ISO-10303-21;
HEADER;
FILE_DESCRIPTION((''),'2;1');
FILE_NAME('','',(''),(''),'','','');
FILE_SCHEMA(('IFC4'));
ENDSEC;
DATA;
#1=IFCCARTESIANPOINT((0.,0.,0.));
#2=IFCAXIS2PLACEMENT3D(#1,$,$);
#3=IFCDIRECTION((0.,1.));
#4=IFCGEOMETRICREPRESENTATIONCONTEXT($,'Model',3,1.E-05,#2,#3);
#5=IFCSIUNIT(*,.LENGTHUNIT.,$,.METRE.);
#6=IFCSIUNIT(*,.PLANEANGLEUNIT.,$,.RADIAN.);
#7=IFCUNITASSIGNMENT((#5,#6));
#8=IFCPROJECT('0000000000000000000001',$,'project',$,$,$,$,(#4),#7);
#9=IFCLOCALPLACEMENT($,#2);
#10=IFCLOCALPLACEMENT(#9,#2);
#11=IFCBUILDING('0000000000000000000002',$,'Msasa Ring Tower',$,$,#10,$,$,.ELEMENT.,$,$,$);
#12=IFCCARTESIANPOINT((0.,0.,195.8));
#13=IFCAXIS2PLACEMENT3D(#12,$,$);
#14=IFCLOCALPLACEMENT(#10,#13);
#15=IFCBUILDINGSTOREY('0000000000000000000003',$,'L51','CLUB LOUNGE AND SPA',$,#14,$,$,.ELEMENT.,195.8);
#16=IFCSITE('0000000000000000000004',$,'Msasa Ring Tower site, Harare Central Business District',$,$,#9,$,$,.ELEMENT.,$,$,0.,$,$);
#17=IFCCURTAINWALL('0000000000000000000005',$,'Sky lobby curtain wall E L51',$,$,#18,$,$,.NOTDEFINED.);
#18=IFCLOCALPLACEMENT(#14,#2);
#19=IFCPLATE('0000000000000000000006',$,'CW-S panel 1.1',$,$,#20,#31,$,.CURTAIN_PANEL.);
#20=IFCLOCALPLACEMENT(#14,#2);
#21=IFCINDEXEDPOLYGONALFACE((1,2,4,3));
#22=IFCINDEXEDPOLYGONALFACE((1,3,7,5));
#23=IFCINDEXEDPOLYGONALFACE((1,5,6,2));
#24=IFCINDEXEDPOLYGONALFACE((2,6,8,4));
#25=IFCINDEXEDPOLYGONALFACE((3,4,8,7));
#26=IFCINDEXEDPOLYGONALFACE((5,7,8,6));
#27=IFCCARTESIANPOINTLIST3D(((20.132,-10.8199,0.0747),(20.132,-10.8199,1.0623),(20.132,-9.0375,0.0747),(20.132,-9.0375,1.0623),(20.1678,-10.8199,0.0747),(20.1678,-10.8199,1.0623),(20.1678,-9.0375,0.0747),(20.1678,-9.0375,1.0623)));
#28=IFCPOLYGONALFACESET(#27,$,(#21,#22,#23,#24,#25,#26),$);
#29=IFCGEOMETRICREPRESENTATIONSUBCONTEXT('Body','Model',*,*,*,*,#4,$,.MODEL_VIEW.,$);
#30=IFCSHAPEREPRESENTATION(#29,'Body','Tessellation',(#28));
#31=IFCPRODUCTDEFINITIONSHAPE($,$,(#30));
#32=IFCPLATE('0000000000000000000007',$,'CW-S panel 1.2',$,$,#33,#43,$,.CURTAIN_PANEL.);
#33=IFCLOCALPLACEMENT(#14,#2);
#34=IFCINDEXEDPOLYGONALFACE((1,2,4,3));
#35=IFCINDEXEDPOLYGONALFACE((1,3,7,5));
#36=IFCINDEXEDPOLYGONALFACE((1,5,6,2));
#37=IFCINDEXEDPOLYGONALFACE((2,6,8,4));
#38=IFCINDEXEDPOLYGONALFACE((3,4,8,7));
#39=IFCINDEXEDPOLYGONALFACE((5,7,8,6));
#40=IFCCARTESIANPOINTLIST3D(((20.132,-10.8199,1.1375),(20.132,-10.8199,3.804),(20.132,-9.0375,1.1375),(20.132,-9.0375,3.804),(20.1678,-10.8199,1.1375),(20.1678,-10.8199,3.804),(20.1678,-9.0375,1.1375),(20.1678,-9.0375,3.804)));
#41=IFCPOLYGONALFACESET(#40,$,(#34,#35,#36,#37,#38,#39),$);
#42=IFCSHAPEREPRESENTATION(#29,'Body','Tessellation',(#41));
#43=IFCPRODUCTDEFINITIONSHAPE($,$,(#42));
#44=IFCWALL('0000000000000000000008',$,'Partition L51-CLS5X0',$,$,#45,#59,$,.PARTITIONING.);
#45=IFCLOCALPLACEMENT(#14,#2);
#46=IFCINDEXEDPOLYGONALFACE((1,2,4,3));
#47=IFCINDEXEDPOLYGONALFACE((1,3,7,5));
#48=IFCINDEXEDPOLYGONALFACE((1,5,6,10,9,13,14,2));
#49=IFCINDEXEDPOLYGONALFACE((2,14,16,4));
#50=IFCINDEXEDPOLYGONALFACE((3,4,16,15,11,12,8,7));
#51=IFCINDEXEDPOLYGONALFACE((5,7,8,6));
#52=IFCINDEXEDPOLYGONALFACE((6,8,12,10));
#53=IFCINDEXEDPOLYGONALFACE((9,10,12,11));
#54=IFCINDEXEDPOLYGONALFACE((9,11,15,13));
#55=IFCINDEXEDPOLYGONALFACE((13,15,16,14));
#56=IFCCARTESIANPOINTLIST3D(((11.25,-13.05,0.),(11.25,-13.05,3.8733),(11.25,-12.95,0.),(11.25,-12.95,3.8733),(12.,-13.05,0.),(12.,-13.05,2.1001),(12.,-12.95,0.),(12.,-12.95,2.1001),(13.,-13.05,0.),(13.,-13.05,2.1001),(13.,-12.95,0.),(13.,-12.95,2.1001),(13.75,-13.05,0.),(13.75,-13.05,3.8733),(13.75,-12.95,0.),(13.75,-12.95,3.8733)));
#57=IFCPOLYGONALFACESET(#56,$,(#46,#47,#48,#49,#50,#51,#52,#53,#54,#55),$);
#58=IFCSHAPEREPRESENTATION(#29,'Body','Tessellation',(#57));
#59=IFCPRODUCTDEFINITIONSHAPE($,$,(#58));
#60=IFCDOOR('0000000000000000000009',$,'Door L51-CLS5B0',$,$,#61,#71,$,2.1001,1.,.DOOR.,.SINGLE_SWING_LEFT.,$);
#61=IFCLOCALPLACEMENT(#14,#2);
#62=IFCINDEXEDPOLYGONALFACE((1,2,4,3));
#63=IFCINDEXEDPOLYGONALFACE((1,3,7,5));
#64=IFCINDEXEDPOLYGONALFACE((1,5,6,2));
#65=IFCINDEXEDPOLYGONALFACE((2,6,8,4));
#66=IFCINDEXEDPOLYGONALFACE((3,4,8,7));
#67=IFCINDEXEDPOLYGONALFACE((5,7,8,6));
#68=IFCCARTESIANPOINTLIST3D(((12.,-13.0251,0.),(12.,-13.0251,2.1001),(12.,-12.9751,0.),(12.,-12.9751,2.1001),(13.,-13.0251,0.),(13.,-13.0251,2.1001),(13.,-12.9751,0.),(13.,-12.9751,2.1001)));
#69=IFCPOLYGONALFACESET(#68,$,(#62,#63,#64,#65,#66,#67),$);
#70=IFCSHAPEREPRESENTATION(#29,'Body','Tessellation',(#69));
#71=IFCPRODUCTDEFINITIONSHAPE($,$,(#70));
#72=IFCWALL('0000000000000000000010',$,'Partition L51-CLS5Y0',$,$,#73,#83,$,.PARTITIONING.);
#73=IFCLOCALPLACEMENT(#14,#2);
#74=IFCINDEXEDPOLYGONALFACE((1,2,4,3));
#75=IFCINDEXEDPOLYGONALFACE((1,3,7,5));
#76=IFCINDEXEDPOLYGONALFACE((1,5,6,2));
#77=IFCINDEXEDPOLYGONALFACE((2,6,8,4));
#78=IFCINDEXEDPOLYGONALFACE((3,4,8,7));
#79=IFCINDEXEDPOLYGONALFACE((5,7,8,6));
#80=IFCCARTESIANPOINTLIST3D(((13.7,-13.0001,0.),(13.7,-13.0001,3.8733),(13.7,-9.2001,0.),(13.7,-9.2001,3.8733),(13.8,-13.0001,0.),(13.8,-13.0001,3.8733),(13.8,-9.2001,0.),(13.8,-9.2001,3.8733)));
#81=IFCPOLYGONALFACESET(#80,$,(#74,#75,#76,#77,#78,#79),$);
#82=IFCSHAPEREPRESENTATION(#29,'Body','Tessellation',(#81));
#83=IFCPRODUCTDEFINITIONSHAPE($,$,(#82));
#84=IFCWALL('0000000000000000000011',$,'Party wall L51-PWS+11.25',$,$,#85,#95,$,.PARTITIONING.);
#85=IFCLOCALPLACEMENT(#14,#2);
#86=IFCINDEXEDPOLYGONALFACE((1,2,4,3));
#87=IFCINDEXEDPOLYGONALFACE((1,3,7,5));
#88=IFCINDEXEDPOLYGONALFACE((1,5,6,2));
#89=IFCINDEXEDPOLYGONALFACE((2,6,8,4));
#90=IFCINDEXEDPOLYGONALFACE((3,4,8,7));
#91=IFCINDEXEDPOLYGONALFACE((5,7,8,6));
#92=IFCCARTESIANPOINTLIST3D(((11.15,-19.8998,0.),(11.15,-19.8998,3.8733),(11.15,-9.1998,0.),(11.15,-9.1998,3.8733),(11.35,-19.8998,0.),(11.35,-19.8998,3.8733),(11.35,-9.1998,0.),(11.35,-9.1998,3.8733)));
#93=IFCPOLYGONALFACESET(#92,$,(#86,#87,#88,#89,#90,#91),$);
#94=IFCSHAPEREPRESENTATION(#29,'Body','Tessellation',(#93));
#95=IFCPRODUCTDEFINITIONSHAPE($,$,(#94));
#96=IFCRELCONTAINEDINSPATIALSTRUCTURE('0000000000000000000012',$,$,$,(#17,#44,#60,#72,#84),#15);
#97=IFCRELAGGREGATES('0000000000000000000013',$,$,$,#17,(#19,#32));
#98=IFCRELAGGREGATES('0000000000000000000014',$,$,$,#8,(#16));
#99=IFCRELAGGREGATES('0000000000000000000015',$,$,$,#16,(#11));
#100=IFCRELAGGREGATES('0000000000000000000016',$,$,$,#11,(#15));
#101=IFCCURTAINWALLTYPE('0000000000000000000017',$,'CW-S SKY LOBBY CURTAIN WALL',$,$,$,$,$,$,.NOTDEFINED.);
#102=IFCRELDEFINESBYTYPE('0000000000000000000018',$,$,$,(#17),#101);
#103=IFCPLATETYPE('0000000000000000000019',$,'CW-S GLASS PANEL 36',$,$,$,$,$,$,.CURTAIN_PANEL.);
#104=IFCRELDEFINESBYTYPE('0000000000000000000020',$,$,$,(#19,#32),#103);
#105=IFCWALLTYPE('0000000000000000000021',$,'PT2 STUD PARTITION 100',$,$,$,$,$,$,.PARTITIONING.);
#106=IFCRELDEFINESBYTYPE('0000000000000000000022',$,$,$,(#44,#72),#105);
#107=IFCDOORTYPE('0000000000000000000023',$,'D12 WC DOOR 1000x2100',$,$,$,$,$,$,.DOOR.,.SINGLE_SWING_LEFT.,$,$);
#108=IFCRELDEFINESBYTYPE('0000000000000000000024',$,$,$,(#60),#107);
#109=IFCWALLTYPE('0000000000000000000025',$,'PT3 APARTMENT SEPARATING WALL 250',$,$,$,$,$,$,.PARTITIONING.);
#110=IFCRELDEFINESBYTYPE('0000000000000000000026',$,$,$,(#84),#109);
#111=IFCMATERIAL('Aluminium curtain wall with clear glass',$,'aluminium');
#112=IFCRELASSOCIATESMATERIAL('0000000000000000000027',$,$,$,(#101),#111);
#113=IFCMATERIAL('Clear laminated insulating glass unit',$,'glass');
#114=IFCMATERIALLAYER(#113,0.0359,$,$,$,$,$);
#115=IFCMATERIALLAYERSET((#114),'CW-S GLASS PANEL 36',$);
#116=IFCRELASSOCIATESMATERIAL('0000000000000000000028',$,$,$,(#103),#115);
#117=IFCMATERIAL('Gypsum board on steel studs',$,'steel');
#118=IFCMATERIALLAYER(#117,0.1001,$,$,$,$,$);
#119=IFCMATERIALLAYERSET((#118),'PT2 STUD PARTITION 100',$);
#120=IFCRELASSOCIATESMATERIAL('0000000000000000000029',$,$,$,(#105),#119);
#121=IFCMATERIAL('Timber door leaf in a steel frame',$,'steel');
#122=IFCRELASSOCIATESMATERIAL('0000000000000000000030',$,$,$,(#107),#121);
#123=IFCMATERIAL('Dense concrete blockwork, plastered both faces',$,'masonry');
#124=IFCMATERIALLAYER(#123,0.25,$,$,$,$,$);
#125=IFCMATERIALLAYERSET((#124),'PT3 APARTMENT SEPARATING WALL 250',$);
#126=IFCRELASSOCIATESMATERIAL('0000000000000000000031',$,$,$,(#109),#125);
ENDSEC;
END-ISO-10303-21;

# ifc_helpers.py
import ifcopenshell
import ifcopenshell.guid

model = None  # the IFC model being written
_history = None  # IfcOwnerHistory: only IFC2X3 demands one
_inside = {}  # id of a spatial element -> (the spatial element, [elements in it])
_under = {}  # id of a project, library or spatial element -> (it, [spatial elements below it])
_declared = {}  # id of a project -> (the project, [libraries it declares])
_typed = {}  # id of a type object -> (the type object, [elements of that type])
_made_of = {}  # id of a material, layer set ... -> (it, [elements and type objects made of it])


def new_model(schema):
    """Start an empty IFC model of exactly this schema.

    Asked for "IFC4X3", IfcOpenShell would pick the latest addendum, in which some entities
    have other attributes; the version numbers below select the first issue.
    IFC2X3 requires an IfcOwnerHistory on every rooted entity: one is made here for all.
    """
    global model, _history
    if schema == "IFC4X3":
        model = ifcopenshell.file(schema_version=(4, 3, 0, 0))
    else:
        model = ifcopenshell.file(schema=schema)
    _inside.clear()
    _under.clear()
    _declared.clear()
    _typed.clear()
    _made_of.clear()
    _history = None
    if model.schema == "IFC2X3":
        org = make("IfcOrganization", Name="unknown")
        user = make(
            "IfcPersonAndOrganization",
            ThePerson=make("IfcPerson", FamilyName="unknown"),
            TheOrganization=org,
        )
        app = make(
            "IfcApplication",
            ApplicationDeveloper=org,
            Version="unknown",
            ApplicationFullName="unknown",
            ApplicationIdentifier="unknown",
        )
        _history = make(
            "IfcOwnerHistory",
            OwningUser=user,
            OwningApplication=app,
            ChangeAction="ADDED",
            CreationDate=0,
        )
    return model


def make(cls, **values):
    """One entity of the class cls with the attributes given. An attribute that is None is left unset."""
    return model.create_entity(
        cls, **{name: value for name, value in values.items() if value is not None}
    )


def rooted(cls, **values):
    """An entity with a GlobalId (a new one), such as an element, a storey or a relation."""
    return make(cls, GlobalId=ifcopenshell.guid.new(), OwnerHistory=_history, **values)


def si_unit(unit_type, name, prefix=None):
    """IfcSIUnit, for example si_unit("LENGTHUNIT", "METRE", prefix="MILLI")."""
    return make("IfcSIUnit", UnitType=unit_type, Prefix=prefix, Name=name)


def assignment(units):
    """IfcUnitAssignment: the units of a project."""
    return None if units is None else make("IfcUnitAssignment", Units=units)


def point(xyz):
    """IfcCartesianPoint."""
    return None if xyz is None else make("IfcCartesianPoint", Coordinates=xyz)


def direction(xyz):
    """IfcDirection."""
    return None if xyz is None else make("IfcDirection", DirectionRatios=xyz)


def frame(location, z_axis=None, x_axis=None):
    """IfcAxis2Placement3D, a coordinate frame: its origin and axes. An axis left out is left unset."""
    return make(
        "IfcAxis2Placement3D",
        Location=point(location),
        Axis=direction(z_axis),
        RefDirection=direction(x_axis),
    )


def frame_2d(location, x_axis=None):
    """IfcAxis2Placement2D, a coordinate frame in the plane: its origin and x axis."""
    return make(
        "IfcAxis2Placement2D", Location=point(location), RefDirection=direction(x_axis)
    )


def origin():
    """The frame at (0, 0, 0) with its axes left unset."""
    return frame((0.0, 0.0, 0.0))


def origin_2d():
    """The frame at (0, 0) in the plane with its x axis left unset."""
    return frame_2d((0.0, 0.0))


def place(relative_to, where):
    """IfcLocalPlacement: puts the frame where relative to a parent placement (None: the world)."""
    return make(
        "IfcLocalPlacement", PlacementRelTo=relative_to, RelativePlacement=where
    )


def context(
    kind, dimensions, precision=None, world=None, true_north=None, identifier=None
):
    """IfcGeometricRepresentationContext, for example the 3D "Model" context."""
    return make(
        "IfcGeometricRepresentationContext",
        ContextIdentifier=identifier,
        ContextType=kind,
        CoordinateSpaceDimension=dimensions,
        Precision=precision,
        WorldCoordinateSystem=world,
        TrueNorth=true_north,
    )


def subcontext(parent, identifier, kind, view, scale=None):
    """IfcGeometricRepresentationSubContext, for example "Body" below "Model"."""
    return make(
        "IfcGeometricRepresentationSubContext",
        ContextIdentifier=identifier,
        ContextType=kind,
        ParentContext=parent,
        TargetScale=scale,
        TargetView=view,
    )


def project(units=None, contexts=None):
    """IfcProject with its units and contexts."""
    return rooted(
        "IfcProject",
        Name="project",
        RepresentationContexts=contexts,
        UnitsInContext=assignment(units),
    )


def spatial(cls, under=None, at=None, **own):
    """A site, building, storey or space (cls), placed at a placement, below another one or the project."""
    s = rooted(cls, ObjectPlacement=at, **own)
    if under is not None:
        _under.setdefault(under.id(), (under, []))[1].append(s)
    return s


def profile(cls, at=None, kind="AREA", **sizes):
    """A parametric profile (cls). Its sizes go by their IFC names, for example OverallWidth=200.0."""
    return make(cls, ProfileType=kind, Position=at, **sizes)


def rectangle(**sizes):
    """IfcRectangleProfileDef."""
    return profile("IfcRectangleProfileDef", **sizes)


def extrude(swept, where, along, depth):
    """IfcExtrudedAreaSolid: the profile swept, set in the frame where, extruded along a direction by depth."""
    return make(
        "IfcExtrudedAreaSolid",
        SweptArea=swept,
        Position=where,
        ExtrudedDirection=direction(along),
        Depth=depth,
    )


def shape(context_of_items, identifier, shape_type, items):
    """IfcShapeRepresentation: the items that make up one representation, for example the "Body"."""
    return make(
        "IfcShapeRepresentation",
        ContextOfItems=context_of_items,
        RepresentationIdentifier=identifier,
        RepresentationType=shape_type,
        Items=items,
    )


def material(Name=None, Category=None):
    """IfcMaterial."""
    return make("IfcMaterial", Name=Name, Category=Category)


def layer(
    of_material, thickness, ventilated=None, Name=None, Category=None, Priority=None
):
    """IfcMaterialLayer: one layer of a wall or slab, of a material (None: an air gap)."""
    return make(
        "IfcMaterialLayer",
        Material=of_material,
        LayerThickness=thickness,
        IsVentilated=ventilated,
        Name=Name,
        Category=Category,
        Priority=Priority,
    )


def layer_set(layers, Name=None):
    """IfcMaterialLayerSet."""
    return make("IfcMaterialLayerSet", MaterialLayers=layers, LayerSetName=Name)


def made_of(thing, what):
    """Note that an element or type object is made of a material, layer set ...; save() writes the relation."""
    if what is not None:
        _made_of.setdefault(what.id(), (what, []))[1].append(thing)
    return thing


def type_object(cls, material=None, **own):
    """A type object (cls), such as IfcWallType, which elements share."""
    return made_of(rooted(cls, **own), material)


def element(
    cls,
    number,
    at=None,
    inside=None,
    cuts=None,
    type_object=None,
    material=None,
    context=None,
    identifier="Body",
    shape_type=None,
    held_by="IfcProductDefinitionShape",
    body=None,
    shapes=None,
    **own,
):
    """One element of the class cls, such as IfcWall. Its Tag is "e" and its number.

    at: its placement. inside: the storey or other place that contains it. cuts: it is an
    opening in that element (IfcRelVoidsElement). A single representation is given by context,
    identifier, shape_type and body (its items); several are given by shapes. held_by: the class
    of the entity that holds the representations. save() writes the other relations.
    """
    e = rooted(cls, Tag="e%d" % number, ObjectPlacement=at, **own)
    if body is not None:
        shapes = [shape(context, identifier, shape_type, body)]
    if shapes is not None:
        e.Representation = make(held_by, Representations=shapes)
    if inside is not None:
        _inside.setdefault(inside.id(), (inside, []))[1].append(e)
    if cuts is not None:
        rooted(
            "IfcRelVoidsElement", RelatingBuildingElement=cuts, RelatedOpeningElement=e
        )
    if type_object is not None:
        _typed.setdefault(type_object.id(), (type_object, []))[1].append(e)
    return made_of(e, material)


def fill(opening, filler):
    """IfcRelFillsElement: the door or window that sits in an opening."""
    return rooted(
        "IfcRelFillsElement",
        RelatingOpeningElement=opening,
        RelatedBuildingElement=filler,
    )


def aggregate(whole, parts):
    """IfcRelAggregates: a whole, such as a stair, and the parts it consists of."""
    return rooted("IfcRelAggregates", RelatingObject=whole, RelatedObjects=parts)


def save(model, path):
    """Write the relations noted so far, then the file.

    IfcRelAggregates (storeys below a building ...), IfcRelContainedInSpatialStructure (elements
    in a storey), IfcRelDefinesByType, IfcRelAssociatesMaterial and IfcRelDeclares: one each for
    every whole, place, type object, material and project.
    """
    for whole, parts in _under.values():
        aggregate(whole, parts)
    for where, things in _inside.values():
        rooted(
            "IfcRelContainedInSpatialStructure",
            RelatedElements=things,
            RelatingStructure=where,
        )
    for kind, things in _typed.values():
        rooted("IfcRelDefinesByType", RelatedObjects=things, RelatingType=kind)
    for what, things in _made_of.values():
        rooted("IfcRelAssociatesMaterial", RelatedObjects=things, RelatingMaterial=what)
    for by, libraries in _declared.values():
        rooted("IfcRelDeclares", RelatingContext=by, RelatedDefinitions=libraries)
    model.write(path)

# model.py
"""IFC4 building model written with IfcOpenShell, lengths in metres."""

from ifc_helpers import new_model, si_unit, direction, frame, frame_2d, origin, origin_2d, place, context, subcontext, project, spatial, rectangle, extrude, material, layer, layer_set, type_object, element, fill, aggregate, save


model = new_model("IFC4")

# Units and contexts
model_context = context("Model", 3, precision=1e-05, world=origin(), true_north=direction((0.0, 1.0)))
body_context = subcontext(model_context, "Body", "Model", "MODEL_VIEW")
ifc_project = project(units=[si_unit("LENGTHUNIT", "METRE"), si_unit("PLANEANGLEUNIT", "RADIAN")], contexts=[model_context])

# Site, building, storey
site_placement = place(None, origin())
site = spatial("IfcSite", under=ifc_project, at=site_placement, Name="Msasa Ring Tower site, Harare Central Business District", CompositionType="ELEMENT", RefElevation=0.0)
building_placement = place(site_placement, origin())
building = spatial("IfcBuilding", under=site, at=building_placement, Name="Msasa Ring Tower", CompositionType="ELEMENT")
storey_placement = place(building_placement, frame((0.0, 0.0, 195.8)))
storey = spatial("IfcBuildingStorey", under=building, at=storey_placement, Name="L51", Description="CLUB LOUNGE AND SPA", CompositionType="ELEMENT", Elevation=195.8)

# Curtain wall
ifc_material_1 = material(Name="Aluminium curtain wall with clear glass", Category="aluminium")
curtain_wall_type_1 = type_object("IfcCurtainWallType", Name="CW-S SKY LOBBY CURTAIN WALL", PredefinedType="NOTDEFINED", material=ifc_material_1)
curtain_wall_1_placement = place(storey_placement, origin())
curtain_wall_1 = element("IfcCurtainWall", 1, at=curtain_wall_1_placement, inside=storey, type_object=curtain_wall_type_1, Name="Sky lobby curtain wall E L51", PredefinedType="NOTDEFINED")

# Plates
ifc_material_2 = material(Name="Clear laminated insulating glass unit", Category="glass")
ifc_layer_1 = layer(ifc_material_2, 0.0359)
ifc_layer_set_1 = layer_set([ifc_layer_1], Name="CW-S GLASS PANEL 36")
plate_type_1 = type_object("IfcPlateType", Name="CW-S GLASS PANEL 36", PredefinedType="CURTAIN_PANEL", material=ifc_layer_set_1)
plate_1_placement = place(storey_placement, frame((20.1499, -9.9287, 0.0747), z_axis=(0.0, 0.0, 1.0), x_axis=(0.0, 1.0, 0.0)))
plate_1 = element("IfcPlate", 2, at=plate_1_placement, type_object=plate_type_1, Name="CW-S panel 1.1", PredefinedType="CURTAIN_PANEL", context=body_context, shape_type="SweptSolid", body=[
    extrude(rectangle(XDim=1.7825, YDim=0.0359, at=origin_2d()), origin(), (0.0, 0.0, 1.0), 0.9875),
])
plate_2_placement = place(storey_placement, frame((20.1499, -9.9287, 1.1375), z_axis=(0.0, 0.0, 1.0), x_axis=(0.0, 1.0, 0.0)))
plate_2 = element("IfcPlate", 3, at=plate_2_placement, type_object=plate_type_1, Name="CW-S panel 1.2", PredefinedType="CURTAIN_PANEL", context=body_context, shape_type="SweptSolid", body=[
    extrude(rectangle(XDim=1.7825, YDim=0.0359, at=origin_2d()), origin(), (0.0, 0.0, 1.0), 2.6665),
])
aggregate(curtain_wall_1, [plate_1, plate_2])

# Wall, opening, door
ifc_material_3 = material(Name="Gypsum board on steel studs", Category="steel")
ifc_layer_2 = layer(ifc_material_3, 0.1001)
ifc_layer_set_2 = layer_set([ifc_layer_2], Name="PT2 STUD PARTITION 100")
wall_type_1 = type_object("IfcWallType", Name="PT2 STUD PARTITION 100", PredefinedType="PARTITIONING", material=ifc_layer_set_2)
wall_1_placement = place(storey_placement, frame((11.25, -13.0, 0.0), z_axis=(0.0, 0.0, 1.0), x_axis=(1.0, 0.0, 0.0)))
wall_1 = element("IfcWall", 4, at=wall_1_placement, inside=storey, type_object=wall_type_1, Name="Partition L51-CLS5X0", PredefinedType="PARTITIONING", context=body_context, shape_type="SweptSolid", body=[
    extrude(rectangle(XDim=2.5, YDim=0.1001, at=frame_2d((1.25, 0.0))), origin(), (0.0, 0.0, 1.0), 3.8733),
])
opening_placement = place(wall_1_placement, frame((0.75, 0.0, 0.0)))
opening = element("IfcOpeningElement", 5, at=opening_placement, cuts=wall_1, PredefinedType="OPENING", context=body_context, shape_type="SweptSolid", body=[
    extrude(rectangle(XDim=1.0, YDim=2.1001, at=frame_2d((0.5, 1.05))), frame((0.0, 0.0601, 0.0), z_axis=(0.0, -1.0, 0.0), x_axis=(1.0, 0.0, 0.0)), (0.0, 0.0, 1.0), 0.1201),
])
ifc_material_4 = material(Name="Timber door leaf in a steel frame", Category="steel")
door_type = type_object("IfcDoorType", Name="D12 WC DOOR 1000x2100", OperationType="SINGLE_SWING_LEFT", PredefinedType="DOOR", material=ifc_material_4)
door_placement = place(opening_placement, origin())
door = element("IfcDoor", 6, at=door_placement, inside=storey, type_object=door_type, Name="Door L51-CLS5B0", OperationType="SINGLE_SWING_LEFT", OverallHeight=2.1001, OverallWidth=1.0, PredefinedType="DOOR", context=body_context, shape_type="SweptSolid", body=[
    extrude(rectangle(XDim=1.0, YDim=2.1001, at=frame_2d((0.5, 1.05))), frame((0.0, 0.0249, 0.0), z_axis=(0.0, -1.0, 0.0), x_axis=(1.0, 0.0, 0.0)), (0.0, 0.0, 1.0), 0.05),
])
fill(opening, door)

# Walls
wall_2_placement = place(storey_placement, frame((13.75, -13.0, 0.0), z_axis=(0.0, 0.0, 1.0), x_axis=(0.0, 1.0, 0.0)))
element("IfcWall", 7, at=wall_2_placement, inside=storey, type_object=wall_type_1, Name="Partition L51-CLS5Y0", PredefinedType="PARTITIONING", context=body_context, shape_type="SweptSolid", body=[
    extrude(rectangle(XDim=3.8, YDim=0.1001, at=frame_2d((1.8999, 0.0))), origin(), (0.0, 0.0, 1.0), 3.8733),
])
ifc_material_5 = material(Name="Dense concrete blockwork, plastered both faces", Category="masonry")
ifc_layer_3 = layer(ifc_material_5, 0.25)
ifc_layer_set_3 = layer_set([ifc_layer_3], Name="PT3 APARTMENT SEPARATING WALL 250")
wall_type_2 = type_object("IfcWallType", Name="PT3 APARTMENT SEPARATING WALL 250", PredefinedType="PARTITIONING", material=ifc_layer_set_3)
wall_3_placement = place(storey_placement, frame((11.25, -19.8999, 0.0), z_axis=(0.0, 0.0, 1.0), x_axis=(0.0, 1.0, 0.0)))
element("IfcWall", 8, at=wall_3_placement, inside=storey, type_object=wall_type_2, Name="Party wall L51-PWS+11.25", PredefinedType="PARTITIONING", context=body_context, shape_type="SweptSolid", body=[
    extrude(rectangle(XDim=10.7, YDim=0.2, at=frame_2d((5.3501, 0.0))), origin(), (0.0, 0.0, 1.0), 3.8733),
])

save(model, "model.ifc")
